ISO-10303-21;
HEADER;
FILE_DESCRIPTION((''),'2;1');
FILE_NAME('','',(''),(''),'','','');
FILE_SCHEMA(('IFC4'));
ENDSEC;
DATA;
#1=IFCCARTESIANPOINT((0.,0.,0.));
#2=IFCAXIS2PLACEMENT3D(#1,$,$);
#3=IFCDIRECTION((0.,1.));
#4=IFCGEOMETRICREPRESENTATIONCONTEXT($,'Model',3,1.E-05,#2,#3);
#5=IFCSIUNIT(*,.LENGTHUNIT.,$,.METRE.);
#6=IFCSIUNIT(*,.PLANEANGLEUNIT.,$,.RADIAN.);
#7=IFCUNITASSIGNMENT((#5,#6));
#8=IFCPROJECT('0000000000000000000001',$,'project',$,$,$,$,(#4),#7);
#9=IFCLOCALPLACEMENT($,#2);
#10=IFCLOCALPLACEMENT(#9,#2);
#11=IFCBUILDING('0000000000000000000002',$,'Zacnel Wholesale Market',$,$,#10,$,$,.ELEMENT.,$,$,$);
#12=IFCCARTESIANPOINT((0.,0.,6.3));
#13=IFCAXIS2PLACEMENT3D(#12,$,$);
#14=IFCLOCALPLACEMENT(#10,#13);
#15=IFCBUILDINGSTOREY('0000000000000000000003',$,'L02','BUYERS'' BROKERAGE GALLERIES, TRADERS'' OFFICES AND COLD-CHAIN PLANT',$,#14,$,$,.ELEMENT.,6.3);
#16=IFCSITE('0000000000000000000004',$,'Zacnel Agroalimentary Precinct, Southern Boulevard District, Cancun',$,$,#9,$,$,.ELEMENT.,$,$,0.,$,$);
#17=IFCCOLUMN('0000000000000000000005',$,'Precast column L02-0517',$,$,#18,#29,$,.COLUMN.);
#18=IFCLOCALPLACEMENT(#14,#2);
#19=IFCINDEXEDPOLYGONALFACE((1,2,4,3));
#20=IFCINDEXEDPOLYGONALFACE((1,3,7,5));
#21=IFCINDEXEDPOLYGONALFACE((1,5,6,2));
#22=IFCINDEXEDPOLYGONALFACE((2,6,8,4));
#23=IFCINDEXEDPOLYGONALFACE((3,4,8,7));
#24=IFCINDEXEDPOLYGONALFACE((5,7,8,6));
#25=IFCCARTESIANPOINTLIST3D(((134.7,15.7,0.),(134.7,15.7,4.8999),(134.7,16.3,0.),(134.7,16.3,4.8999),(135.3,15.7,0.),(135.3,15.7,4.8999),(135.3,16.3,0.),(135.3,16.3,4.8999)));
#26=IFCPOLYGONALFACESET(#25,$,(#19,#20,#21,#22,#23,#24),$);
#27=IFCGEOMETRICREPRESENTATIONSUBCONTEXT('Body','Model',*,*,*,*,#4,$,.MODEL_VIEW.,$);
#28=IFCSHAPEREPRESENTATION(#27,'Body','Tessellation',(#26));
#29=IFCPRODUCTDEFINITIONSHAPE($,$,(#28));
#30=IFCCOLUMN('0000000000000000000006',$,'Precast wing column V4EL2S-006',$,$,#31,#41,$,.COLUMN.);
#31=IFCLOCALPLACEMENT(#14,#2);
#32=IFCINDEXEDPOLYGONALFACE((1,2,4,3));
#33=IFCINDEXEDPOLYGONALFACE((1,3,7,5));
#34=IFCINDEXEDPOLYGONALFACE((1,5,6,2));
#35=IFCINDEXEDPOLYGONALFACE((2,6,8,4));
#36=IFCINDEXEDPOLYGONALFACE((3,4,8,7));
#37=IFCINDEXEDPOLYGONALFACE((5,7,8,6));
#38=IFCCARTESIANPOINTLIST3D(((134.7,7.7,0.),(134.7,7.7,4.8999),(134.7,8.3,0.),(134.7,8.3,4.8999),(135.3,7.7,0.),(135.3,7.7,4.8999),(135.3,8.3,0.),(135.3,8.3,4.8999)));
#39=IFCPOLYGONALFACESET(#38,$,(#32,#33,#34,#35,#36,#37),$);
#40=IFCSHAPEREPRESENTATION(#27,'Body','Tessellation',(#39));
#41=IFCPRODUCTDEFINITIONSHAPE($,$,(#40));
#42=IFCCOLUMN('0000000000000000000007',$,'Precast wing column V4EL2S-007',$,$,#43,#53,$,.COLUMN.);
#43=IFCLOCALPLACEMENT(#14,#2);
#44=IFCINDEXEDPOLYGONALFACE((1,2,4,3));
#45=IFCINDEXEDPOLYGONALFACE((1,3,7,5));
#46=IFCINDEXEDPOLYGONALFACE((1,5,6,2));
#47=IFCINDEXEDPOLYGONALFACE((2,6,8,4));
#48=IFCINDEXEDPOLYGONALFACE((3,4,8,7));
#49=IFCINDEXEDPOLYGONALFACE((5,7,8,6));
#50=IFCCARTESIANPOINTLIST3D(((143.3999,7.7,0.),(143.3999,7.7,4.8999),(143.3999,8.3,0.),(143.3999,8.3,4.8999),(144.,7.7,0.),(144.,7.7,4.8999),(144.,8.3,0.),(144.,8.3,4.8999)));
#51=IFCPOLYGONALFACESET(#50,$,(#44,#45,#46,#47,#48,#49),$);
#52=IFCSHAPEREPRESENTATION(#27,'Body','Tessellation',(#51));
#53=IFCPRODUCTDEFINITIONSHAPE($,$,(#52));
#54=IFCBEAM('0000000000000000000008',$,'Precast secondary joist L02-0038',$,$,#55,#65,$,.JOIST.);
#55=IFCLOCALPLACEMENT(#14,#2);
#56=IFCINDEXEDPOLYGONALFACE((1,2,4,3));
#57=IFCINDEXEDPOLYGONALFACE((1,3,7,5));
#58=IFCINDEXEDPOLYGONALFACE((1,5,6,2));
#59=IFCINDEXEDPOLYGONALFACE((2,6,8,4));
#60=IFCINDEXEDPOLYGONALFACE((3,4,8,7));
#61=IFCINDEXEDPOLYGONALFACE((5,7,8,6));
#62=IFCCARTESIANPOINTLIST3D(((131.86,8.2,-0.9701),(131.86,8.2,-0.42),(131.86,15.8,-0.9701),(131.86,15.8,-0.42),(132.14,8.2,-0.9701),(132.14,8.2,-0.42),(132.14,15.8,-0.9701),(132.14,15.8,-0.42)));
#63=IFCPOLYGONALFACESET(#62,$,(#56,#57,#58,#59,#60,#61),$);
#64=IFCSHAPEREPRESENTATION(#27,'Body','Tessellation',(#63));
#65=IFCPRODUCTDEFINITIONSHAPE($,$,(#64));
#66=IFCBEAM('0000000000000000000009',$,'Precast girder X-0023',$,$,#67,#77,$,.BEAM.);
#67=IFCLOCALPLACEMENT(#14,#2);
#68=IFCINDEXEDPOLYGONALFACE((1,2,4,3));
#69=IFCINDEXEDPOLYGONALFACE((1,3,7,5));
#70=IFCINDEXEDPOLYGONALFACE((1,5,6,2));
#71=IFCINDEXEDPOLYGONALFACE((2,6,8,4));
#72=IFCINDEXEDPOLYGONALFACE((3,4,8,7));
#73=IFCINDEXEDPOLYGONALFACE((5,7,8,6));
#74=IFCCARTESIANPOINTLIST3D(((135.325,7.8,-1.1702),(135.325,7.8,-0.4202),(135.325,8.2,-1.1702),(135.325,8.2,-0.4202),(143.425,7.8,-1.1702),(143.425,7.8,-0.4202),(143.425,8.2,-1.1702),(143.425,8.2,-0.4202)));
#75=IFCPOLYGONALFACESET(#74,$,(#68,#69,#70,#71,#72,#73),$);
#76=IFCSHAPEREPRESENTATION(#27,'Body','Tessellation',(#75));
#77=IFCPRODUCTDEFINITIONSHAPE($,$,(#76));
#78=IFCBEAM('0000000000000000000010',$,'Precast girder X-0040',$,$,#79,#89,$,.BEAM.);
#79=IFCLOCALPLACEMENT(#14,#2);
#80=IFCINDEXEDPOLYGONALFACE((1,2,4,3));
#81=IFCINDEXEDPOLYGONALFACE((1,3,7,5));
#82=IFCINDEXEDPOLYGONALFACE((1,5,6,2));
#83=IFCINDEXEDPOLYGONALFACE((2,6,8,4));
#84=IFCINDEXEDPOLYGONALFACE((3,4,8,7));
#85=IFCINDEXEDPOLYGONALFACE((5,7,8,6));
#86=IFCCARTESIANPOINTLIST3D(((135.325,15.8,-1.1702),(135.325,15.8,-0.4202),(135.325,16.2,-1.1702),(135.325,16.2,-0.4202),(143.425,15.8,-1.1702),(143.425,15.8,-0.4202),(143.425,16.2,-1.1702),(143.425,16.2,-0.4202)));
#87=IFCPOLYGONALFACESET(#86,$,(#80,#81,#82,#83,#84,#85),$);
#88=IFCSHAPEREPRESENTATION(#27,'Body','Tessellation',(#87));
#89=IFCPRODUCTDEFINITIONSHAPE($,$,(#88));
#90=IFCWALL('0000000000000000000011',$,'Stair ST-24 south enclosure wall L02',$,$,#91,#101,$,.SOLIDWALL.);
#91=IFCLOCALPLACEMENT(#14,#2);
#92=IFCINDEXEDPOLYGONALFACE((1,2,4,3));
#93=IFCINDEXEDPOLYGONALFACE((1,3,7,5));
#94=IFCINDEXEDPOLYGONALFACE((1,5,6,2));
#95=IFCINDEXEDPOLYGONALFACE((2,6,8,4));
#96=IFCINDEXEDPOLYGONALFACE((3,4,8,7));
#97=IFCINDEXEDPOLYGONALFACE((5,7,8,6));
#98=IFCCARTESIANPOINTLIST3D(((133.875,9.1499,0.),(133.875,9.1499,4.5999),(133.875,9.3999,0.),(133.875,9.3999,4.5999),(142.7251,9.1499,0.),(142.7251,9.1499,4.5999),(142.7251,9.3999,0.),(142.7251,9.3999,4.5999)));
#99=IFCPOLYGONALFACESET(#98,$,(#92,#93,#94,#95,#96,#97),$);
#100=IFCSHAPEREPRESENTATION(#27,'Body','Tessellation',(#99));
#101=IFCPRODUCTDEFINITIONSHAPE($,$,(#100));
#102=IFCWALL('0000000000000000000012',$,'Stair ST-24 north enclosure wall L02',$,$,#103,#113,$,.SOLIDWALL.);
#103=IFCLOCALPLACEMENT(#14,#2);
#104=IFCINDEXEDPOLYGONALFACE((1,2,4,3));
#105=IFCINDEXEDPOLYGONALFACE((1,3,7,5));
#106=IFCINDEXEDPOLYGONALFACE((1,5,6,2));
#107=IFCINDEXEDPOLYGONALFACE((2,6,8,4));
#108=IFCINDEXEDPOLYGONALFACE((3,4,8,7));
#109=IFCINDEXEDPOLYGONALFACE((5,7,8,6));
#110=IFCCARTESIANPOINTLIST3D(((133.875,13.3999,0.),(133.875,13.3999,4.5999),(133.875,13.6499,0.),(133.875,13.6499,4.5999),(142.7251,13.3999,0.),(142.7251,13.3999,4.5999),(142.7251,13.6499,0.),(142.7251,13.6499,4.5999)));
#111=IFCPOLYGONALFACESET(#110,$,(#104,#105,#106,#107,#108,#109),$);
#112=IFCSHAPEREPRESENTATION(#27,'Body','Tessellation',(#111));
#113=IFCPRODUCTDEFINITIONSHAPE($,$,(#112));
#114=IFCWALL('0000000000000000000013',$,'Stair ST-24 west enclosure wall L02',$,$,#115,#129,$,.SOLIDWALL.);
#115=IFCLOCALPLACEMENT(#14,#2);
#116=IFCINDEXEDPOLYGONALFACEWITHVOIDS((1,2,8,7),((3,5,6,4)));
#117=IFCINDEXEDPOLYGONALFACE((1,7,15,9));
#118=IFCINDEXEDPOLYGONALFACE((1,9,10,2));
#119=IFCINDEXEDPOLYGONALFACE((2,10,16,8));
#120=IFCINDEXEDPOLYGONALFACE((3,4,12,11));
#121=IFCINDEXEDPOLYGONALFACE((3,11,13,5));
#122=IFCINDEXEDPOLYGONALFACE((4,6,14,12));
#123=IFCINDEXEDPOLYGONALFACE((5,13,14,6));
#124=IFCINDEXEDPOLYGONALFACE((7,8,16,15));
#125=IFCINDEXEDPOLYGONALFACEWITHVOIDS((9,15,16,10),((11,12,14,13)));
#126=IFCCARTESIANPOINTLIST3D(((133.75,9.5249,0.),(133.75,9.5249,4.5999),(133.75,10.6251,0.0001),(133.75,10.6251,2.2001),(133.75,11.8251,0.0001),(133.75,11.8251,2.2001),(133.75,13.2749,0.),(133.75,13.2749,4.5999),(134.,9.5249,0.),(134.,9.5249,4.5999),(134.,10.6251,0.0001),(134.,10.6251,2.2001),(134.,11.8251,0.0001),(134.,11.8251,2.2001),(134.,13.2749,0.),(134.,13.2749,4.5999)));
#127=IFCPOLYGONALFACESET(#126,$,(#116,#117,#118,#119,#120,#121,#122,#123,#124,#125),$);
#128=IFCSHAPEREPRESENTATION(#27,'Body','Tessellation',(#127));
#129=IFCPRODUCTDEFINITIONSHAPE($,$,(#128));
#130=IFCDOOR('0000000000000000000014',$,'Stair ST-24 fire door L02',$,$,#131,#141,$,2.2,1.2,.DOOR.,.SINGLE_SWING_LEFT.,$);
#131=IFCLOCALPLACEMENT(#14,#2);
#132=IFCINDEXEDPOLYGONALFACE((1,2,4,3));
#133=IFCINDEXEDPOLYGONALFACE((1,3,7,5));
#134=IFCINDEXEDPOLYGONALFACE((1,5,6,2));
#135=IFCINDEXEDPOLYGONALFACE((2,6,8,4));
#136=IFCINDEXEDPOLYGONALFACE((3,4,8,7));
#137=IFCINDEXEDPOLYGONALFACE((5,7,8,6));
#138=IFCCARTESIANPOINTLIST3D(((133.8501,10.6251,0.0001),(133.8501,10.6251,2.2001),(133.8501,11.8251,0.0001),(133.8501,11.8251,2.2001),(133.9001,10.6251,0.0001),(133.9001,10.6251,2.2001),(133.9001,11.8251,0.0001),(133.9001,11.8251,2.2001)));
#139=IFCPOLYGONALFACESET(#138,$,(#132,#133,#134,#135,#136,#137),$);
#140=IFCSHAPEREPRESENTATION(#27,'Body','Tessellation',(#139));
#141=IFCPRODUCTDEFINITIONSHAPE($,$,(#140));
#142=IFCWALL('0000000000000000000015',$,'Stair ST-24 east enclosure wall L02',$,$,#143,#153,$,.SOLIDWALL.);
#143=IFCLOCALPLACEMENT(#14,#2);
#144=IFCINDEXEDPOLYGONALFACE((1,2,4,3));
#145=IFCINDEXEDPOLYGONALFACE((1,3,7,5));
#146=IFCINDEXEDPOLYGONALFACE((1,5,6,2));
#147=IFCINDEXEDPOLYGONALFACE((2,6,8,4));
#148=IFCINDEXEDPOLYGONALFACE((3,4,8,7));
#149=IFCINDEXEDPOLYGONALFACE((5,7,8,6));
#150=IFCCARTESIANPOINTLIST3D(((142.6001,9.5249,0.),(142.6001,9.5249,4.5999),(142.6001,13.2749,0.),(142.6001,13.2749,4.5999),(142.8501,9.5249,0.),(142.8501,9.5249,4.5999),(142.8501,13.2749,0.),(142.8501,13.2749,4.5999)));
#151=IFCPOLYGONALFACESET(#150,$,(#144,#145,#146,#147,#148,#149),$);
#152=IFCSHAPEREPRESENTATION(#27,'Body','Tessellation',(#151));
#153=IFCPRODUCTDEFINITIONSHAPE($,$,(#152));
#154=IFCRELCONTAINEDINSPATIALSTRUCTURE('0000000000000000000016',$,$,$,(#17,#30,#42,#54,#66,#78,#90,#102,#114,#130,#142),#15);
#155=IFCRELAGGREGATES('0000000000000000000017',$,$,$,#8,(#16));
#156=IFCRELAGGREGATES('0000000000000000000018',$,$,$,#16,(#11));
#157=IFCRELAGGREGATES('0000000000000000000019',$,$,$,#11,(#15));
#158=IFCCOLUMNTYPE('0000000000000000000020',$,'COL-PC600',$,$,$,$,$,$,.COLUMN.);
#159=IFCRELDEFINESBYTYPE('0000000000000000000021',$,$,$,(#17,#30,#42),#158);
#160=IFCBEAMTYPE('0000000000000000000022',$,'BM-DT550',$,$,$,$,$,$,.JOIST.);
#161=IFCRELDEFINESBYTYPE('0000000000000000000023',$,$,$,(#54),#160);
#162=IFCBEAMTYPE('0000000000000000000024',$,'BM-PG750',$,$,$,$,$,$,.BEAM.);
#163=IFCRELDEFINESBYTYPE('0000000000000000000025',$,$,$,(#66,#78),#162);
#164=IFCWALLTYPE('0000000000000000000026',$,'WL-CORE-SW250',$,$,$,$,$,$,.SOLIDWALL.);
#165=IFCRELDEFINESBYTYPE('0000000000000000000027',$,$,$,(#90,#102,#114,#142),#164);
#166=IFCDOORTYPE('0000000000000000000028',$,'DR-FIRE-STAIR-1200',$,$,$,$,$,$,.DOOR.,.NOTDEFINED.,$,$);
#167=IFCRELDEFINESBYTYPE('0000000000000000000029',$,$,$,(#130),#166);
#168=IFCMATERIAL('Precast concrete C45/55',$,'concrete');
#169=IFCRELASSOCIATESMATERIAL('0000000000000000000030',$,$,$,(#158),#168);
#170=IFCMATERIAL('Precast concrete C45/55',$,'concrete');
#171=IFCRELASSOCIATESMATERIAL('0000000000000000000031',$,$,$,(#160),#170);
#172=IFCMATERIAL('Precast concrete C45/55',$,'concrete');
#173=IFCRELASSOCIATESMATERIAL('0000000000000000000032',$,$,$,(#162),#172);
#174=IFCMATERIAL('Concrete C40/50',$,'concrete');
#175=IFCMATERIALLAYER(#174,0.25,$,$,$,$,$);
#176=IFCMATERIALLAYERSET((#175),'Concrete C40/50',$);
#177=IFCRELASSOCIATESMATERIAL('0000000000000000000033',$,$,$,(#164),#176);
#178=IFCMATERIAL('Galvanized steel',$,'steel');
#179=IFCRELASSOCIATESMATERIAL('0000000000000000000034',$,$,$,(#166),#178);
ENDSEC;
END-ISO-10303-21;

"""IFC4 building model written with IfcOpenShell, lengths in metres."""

from ifc_helpers import new_model, si_unit, direction, frame, frame_2d, origin, origin_2d, place, context, subcontext, project, spatial, rectangle, extrude, material, layer, layer_set, material_profile, profile_set, type_object, element, fill, save


model = new_model("IFC4")

# Units and contexts
model_context = context("Model", 3, precision=1e-05, world=origin(), true_north=direction((0.0, 1.0)))
body_context = subcontext(model_context, "Body", "Model", "MODEL_VIEW")
ifc_project = project(units=[si_unit("LENGTHUNIT", "METRE"), si_unit("PLANEANGLEUNIT", "RADIAN")], contexts=[model_context])

# Site, building, storey
site_placement = place(None, origin())
site = spatial("IfcSite", under=ifc_project, at=site_placement, Name="Zacnel Agroalimentary Precinct, Southern Boulevard District, Cancun", CompositionType="ELEMENT", RefElevation=0.0)
building_placement = place(site_placement, origin())
building = spatial("IfcBuilding", under=site, at=building_placement, Name="Zacnel Wholesale Market", CompositionType="ELEMENT")
storey_placement = place(building_placement, frame((0.0, 0.0, 6.3)))
storey = spatial("IfcBuildingStorey", under=building, at=storey_placement, Name="L02", Description="BUYERS' BROKERAGE GALLERIES, TRADERS' OFFICES AND COLD-CHAIN PLANT", CompositionType="ELEMENT", Elevation=6.3)

# Columns
ifc_material_1 = material(Name="Precast concrete C45/55", Category="concrete")
ifc_material_profile_1 = material_profile(ifc_material_1, rectangle(XDim=0.6001, YDim=0.6001, at=origin_2d()), Name="PC 600x600")
ifc_profile_set_1 = profile_set([ifc_material_profile_1], Name="Precast concrete C45/55")
column_type = type_object("IfcColumnType", Name="COL-PC600", PredefinedType="COLUMN", material=ifc_profile_set_1)
for number, where, z_axis, x_axis, name in (
    (1, (135.0, 16.0, 0.0), (0.0, 0.0, 1.0), (1.0, 0.0, 0.0), "Precast column L02-0517"),
    (2, (135.0, 8.0, 0.0), (0.0, 0.0, 1.0), (1.0, 0.0, 0.0), "Precast wing column V4EL2S-006"),
    (3, (143.7, 8.0, 0.0), (0.0, 0.0, 1.0), (1.0, 0.0, 0.0), "Precast wing column V4EL2S-007"),
):
    element("IfcColumn", number, at=place(storey_placement, frame(where, z_axis=z_axis, x_axis=x_axis)), inside=storey, type_object=column_type, Name=name, PredefinedType="COLUMN", context=body_context, shape_type="SweptSolid", body=[
        extrude(rectangle(XDim=0.6001, YDim=0.6001, at=origin_2d()), origin(), (0.0, 0.0, 1.0), 4.8999),
    ])

# Beams
ifc_material_2 = material(Name="Precast concrete C45/55", Category="concrete")
ifc_material_profile_2 = material_profile(ifc_material_2, rectangle(XDim=0.28, YDim=0.55, at=origin_2d()), Name="DT RIB 280x550")
ifc_profile_set_2 = profile_set([ifc_material_profile_2], Name="Precast concrete C45/55")
beam_type_1 = type_object("IfcBeamType", Name="BM-DT550", PredefinedType="JOIST", material=ifc_profile_set_2)
beam_placement = place(storey_placement, frame((132.0, 8.2, -0.6951), z_axis=(0.0, 1.0, 0.0), x_axis=(-1.0, 0.0, 0.0)))
element("IfcBeam", 4, at=beam_placement, inside=storey, type_object=beam_type_1, Name="Precast secondary joist L02-0038", PredefinedType="JOIST", context=body_context, shape_type="SweptSolid", body=[
    extrude(rectangle(XDim=0.28, YDim=0.55, at=origin_2d()), origin(), (0.0, 0.0, 1.0), 7.6001),
])
ifc_material_3 = material(Name="Precast concrete C45/55", Category="concrete")
ifc_material_profile_3 = material_profile(ifc_material_3, rectangle(XDim=0.3999, YDim=0.75, at=origin_2d()), Name="PG 400x750")
ifc_profile_set_3 = profile_set([ifc_material_profile_3], Name="Precast concrete C45/55")
beam_type_2 = type_object("IfcBeamType", Name="BM-PG750", PredefinedType="BEAM", material=ifc_profile_set_3)
for number, where, z_axis, x_axis, name in (
    (5, (135.325, 8.0, -0.7952), (1.0, 0.0, 0.0), (0.0, 1.0, 0.0), "Precast girder X-0023"),
    (6, (135.325, 16.0, -0.7952), (1.0, 0.0, 0.0), (0.0, 1.0, 0.0), "Precast girder X-0040"),
):
    element("IfcBeam", number, at=place(storey_placement, frame(where, z_axis=z_axis, x_axis=x_axis)), inside=storey, type_object=beam_type_2, Name=name, PredefinedType="BEAM", context=body_context, shape_type="SweptSolid", body=[
        extrude(rectangle(XDim=0.3999, YDim=0.75, at=origin_2d()), origin(), (0.0, 0.0, 1.0), 8.1001),
    ])

# Walls
ifc_material_4 = material(Name="Concrete C40/50", Category="concrete")
ifc_layer_1 = layer(ifc_material_4, 0.25)
ifc_layer_set_1 = layer_set([ifc_layer_1], Name="Concrete C40/50")
wall_type_1 = type_object("IfcWallType", Name="WL-CORE-SW250", PredefinedType="SOLIDWALL", material=ifc_layer_set_1)
for number, where, z_axis, x_axis, name in (
    (7, (133.875, 9.2749, 0.0), (0.0, 0.0, 1.0), (1.0, 0.0, 0.0), "Stair ST-24 south enclosure wall L02"),
    (8, (133.875, 13.5249, 0.0), (0.0, 0.0, 1.0), (1.0, 0.0, 0.0), "Stair ST-24 north enclosure wall L02"),
):
    element("IfcWall", number, at=place(storey_placement, frame(where, z_axis=z_axis, x_axis=x_axis)), inside=storey, type_object=wall_type_1, Name=name, PredefinedType="SOLIDWALL", context=body_context, shape_type="SweptSolid", body=[
        extrude(rectangle(XDim=8.8501, YDim=0.25, at=frame_2d((4.425, 0.0))), origin(), (0.0, 0.0, 1.0), 4.5999),
    ])

# Wall, opening, door
wall_1_placement = place(storey_placement, frame((133.875, 9.5249, 0.0), z_axis=(0.0, 0.0, 1.0), x_axis=(0.0, 1.0, 0.0)))
wall_1 = element("IfcWall", 9, at=wall_1_placement, inside=storey, type_object=wall_type_1, Name="Stair ST-24 west enclosure wall L02", PredefinedType="SOLIDWALL", context=body_context, shape_type="SweptSolid", body=[
    extrude(rectangle(XDim=3.75, YDim=0.25, at=frame_2d((1.875, 0.0))), origin(), (0.0, 0.0, 1.0), 4.5999),
])
opening_1_placement = place(wall_1_placement, frame((1.1001, 0.0, 0.0)))
opening_1 = element("IfcOpeningElement", 10, at=opening_1_placement, cuts=wall_1, PredefinedType="OPENING", context=body_context, shape_type="SweptSolid", body=[
    extrude(rectangle(XDim=1.2, YDim=2.2, at=frame_2d((0.6001, 1.1001))), frame((0.0, 0.135, 0.0), z_axis=(0.0, -1.0, 0.0), x_axis=(1.0, 0.0, 0.0)), (0.0, 0.0, 1.0), 0.27),
])
ifc_material_5 = material(Name="Galvanized steel", Category="steel")
door_type = type_object("IfcDoorType", Name="DR-FIRE-STAIR-1200", OperationType="NOTDEFINED", PredefinedType="DOOR", material=ifc_material_5)
door_placement = place(opening_1_placement, origin())
door = element("IfcDoor", 11, at=door_placement, inside=storey, type_object=door_type, Name="Stair ST-24 fire door L02", OperationType="SINGLE_SWING_LEFT", OverallHeight=2.2, OverallWidth=1.2, PredefinedType="DOOR", context=body_context, shape_type="SweptSolid", body=[
    extrude(rectangle(XDim=1.2, YDim=2.2, at=frame_2d((0.6001, 1.1001))), frame((0.0, 0.0249, 0.0), z_axis=(0.0, -1.0, 0.0), x_axis=(1.0, 0.0, 0.0)), (0.0, 0.0, 1.0), 0.05),
])
fill(opening_1, door)

# Wall
wall_2_placement = place(storey_placement, frame((142.7251, 9.5249, 0.0), z_axis=(0.0, 0.0, 1.0), x_axis=(0.0, 1.0, 0.0)))
element("IfcWall", 12, at=wall_2_placement, inside=storey, type_object=wall_type_1, Name="Stair ST-24 east enclosure wall L02", PredefinedType="SOLIDWALL", context=body_context, shape_type="SweptSolid", body=[
    extrude(rectangle(XDim=3.75, YDim=0.25, at=frame_2d((1.875, 0.0))), origin(), (0.0, 0.0, 1.0), 4.5999),
])

save(model, "model.ifc")
